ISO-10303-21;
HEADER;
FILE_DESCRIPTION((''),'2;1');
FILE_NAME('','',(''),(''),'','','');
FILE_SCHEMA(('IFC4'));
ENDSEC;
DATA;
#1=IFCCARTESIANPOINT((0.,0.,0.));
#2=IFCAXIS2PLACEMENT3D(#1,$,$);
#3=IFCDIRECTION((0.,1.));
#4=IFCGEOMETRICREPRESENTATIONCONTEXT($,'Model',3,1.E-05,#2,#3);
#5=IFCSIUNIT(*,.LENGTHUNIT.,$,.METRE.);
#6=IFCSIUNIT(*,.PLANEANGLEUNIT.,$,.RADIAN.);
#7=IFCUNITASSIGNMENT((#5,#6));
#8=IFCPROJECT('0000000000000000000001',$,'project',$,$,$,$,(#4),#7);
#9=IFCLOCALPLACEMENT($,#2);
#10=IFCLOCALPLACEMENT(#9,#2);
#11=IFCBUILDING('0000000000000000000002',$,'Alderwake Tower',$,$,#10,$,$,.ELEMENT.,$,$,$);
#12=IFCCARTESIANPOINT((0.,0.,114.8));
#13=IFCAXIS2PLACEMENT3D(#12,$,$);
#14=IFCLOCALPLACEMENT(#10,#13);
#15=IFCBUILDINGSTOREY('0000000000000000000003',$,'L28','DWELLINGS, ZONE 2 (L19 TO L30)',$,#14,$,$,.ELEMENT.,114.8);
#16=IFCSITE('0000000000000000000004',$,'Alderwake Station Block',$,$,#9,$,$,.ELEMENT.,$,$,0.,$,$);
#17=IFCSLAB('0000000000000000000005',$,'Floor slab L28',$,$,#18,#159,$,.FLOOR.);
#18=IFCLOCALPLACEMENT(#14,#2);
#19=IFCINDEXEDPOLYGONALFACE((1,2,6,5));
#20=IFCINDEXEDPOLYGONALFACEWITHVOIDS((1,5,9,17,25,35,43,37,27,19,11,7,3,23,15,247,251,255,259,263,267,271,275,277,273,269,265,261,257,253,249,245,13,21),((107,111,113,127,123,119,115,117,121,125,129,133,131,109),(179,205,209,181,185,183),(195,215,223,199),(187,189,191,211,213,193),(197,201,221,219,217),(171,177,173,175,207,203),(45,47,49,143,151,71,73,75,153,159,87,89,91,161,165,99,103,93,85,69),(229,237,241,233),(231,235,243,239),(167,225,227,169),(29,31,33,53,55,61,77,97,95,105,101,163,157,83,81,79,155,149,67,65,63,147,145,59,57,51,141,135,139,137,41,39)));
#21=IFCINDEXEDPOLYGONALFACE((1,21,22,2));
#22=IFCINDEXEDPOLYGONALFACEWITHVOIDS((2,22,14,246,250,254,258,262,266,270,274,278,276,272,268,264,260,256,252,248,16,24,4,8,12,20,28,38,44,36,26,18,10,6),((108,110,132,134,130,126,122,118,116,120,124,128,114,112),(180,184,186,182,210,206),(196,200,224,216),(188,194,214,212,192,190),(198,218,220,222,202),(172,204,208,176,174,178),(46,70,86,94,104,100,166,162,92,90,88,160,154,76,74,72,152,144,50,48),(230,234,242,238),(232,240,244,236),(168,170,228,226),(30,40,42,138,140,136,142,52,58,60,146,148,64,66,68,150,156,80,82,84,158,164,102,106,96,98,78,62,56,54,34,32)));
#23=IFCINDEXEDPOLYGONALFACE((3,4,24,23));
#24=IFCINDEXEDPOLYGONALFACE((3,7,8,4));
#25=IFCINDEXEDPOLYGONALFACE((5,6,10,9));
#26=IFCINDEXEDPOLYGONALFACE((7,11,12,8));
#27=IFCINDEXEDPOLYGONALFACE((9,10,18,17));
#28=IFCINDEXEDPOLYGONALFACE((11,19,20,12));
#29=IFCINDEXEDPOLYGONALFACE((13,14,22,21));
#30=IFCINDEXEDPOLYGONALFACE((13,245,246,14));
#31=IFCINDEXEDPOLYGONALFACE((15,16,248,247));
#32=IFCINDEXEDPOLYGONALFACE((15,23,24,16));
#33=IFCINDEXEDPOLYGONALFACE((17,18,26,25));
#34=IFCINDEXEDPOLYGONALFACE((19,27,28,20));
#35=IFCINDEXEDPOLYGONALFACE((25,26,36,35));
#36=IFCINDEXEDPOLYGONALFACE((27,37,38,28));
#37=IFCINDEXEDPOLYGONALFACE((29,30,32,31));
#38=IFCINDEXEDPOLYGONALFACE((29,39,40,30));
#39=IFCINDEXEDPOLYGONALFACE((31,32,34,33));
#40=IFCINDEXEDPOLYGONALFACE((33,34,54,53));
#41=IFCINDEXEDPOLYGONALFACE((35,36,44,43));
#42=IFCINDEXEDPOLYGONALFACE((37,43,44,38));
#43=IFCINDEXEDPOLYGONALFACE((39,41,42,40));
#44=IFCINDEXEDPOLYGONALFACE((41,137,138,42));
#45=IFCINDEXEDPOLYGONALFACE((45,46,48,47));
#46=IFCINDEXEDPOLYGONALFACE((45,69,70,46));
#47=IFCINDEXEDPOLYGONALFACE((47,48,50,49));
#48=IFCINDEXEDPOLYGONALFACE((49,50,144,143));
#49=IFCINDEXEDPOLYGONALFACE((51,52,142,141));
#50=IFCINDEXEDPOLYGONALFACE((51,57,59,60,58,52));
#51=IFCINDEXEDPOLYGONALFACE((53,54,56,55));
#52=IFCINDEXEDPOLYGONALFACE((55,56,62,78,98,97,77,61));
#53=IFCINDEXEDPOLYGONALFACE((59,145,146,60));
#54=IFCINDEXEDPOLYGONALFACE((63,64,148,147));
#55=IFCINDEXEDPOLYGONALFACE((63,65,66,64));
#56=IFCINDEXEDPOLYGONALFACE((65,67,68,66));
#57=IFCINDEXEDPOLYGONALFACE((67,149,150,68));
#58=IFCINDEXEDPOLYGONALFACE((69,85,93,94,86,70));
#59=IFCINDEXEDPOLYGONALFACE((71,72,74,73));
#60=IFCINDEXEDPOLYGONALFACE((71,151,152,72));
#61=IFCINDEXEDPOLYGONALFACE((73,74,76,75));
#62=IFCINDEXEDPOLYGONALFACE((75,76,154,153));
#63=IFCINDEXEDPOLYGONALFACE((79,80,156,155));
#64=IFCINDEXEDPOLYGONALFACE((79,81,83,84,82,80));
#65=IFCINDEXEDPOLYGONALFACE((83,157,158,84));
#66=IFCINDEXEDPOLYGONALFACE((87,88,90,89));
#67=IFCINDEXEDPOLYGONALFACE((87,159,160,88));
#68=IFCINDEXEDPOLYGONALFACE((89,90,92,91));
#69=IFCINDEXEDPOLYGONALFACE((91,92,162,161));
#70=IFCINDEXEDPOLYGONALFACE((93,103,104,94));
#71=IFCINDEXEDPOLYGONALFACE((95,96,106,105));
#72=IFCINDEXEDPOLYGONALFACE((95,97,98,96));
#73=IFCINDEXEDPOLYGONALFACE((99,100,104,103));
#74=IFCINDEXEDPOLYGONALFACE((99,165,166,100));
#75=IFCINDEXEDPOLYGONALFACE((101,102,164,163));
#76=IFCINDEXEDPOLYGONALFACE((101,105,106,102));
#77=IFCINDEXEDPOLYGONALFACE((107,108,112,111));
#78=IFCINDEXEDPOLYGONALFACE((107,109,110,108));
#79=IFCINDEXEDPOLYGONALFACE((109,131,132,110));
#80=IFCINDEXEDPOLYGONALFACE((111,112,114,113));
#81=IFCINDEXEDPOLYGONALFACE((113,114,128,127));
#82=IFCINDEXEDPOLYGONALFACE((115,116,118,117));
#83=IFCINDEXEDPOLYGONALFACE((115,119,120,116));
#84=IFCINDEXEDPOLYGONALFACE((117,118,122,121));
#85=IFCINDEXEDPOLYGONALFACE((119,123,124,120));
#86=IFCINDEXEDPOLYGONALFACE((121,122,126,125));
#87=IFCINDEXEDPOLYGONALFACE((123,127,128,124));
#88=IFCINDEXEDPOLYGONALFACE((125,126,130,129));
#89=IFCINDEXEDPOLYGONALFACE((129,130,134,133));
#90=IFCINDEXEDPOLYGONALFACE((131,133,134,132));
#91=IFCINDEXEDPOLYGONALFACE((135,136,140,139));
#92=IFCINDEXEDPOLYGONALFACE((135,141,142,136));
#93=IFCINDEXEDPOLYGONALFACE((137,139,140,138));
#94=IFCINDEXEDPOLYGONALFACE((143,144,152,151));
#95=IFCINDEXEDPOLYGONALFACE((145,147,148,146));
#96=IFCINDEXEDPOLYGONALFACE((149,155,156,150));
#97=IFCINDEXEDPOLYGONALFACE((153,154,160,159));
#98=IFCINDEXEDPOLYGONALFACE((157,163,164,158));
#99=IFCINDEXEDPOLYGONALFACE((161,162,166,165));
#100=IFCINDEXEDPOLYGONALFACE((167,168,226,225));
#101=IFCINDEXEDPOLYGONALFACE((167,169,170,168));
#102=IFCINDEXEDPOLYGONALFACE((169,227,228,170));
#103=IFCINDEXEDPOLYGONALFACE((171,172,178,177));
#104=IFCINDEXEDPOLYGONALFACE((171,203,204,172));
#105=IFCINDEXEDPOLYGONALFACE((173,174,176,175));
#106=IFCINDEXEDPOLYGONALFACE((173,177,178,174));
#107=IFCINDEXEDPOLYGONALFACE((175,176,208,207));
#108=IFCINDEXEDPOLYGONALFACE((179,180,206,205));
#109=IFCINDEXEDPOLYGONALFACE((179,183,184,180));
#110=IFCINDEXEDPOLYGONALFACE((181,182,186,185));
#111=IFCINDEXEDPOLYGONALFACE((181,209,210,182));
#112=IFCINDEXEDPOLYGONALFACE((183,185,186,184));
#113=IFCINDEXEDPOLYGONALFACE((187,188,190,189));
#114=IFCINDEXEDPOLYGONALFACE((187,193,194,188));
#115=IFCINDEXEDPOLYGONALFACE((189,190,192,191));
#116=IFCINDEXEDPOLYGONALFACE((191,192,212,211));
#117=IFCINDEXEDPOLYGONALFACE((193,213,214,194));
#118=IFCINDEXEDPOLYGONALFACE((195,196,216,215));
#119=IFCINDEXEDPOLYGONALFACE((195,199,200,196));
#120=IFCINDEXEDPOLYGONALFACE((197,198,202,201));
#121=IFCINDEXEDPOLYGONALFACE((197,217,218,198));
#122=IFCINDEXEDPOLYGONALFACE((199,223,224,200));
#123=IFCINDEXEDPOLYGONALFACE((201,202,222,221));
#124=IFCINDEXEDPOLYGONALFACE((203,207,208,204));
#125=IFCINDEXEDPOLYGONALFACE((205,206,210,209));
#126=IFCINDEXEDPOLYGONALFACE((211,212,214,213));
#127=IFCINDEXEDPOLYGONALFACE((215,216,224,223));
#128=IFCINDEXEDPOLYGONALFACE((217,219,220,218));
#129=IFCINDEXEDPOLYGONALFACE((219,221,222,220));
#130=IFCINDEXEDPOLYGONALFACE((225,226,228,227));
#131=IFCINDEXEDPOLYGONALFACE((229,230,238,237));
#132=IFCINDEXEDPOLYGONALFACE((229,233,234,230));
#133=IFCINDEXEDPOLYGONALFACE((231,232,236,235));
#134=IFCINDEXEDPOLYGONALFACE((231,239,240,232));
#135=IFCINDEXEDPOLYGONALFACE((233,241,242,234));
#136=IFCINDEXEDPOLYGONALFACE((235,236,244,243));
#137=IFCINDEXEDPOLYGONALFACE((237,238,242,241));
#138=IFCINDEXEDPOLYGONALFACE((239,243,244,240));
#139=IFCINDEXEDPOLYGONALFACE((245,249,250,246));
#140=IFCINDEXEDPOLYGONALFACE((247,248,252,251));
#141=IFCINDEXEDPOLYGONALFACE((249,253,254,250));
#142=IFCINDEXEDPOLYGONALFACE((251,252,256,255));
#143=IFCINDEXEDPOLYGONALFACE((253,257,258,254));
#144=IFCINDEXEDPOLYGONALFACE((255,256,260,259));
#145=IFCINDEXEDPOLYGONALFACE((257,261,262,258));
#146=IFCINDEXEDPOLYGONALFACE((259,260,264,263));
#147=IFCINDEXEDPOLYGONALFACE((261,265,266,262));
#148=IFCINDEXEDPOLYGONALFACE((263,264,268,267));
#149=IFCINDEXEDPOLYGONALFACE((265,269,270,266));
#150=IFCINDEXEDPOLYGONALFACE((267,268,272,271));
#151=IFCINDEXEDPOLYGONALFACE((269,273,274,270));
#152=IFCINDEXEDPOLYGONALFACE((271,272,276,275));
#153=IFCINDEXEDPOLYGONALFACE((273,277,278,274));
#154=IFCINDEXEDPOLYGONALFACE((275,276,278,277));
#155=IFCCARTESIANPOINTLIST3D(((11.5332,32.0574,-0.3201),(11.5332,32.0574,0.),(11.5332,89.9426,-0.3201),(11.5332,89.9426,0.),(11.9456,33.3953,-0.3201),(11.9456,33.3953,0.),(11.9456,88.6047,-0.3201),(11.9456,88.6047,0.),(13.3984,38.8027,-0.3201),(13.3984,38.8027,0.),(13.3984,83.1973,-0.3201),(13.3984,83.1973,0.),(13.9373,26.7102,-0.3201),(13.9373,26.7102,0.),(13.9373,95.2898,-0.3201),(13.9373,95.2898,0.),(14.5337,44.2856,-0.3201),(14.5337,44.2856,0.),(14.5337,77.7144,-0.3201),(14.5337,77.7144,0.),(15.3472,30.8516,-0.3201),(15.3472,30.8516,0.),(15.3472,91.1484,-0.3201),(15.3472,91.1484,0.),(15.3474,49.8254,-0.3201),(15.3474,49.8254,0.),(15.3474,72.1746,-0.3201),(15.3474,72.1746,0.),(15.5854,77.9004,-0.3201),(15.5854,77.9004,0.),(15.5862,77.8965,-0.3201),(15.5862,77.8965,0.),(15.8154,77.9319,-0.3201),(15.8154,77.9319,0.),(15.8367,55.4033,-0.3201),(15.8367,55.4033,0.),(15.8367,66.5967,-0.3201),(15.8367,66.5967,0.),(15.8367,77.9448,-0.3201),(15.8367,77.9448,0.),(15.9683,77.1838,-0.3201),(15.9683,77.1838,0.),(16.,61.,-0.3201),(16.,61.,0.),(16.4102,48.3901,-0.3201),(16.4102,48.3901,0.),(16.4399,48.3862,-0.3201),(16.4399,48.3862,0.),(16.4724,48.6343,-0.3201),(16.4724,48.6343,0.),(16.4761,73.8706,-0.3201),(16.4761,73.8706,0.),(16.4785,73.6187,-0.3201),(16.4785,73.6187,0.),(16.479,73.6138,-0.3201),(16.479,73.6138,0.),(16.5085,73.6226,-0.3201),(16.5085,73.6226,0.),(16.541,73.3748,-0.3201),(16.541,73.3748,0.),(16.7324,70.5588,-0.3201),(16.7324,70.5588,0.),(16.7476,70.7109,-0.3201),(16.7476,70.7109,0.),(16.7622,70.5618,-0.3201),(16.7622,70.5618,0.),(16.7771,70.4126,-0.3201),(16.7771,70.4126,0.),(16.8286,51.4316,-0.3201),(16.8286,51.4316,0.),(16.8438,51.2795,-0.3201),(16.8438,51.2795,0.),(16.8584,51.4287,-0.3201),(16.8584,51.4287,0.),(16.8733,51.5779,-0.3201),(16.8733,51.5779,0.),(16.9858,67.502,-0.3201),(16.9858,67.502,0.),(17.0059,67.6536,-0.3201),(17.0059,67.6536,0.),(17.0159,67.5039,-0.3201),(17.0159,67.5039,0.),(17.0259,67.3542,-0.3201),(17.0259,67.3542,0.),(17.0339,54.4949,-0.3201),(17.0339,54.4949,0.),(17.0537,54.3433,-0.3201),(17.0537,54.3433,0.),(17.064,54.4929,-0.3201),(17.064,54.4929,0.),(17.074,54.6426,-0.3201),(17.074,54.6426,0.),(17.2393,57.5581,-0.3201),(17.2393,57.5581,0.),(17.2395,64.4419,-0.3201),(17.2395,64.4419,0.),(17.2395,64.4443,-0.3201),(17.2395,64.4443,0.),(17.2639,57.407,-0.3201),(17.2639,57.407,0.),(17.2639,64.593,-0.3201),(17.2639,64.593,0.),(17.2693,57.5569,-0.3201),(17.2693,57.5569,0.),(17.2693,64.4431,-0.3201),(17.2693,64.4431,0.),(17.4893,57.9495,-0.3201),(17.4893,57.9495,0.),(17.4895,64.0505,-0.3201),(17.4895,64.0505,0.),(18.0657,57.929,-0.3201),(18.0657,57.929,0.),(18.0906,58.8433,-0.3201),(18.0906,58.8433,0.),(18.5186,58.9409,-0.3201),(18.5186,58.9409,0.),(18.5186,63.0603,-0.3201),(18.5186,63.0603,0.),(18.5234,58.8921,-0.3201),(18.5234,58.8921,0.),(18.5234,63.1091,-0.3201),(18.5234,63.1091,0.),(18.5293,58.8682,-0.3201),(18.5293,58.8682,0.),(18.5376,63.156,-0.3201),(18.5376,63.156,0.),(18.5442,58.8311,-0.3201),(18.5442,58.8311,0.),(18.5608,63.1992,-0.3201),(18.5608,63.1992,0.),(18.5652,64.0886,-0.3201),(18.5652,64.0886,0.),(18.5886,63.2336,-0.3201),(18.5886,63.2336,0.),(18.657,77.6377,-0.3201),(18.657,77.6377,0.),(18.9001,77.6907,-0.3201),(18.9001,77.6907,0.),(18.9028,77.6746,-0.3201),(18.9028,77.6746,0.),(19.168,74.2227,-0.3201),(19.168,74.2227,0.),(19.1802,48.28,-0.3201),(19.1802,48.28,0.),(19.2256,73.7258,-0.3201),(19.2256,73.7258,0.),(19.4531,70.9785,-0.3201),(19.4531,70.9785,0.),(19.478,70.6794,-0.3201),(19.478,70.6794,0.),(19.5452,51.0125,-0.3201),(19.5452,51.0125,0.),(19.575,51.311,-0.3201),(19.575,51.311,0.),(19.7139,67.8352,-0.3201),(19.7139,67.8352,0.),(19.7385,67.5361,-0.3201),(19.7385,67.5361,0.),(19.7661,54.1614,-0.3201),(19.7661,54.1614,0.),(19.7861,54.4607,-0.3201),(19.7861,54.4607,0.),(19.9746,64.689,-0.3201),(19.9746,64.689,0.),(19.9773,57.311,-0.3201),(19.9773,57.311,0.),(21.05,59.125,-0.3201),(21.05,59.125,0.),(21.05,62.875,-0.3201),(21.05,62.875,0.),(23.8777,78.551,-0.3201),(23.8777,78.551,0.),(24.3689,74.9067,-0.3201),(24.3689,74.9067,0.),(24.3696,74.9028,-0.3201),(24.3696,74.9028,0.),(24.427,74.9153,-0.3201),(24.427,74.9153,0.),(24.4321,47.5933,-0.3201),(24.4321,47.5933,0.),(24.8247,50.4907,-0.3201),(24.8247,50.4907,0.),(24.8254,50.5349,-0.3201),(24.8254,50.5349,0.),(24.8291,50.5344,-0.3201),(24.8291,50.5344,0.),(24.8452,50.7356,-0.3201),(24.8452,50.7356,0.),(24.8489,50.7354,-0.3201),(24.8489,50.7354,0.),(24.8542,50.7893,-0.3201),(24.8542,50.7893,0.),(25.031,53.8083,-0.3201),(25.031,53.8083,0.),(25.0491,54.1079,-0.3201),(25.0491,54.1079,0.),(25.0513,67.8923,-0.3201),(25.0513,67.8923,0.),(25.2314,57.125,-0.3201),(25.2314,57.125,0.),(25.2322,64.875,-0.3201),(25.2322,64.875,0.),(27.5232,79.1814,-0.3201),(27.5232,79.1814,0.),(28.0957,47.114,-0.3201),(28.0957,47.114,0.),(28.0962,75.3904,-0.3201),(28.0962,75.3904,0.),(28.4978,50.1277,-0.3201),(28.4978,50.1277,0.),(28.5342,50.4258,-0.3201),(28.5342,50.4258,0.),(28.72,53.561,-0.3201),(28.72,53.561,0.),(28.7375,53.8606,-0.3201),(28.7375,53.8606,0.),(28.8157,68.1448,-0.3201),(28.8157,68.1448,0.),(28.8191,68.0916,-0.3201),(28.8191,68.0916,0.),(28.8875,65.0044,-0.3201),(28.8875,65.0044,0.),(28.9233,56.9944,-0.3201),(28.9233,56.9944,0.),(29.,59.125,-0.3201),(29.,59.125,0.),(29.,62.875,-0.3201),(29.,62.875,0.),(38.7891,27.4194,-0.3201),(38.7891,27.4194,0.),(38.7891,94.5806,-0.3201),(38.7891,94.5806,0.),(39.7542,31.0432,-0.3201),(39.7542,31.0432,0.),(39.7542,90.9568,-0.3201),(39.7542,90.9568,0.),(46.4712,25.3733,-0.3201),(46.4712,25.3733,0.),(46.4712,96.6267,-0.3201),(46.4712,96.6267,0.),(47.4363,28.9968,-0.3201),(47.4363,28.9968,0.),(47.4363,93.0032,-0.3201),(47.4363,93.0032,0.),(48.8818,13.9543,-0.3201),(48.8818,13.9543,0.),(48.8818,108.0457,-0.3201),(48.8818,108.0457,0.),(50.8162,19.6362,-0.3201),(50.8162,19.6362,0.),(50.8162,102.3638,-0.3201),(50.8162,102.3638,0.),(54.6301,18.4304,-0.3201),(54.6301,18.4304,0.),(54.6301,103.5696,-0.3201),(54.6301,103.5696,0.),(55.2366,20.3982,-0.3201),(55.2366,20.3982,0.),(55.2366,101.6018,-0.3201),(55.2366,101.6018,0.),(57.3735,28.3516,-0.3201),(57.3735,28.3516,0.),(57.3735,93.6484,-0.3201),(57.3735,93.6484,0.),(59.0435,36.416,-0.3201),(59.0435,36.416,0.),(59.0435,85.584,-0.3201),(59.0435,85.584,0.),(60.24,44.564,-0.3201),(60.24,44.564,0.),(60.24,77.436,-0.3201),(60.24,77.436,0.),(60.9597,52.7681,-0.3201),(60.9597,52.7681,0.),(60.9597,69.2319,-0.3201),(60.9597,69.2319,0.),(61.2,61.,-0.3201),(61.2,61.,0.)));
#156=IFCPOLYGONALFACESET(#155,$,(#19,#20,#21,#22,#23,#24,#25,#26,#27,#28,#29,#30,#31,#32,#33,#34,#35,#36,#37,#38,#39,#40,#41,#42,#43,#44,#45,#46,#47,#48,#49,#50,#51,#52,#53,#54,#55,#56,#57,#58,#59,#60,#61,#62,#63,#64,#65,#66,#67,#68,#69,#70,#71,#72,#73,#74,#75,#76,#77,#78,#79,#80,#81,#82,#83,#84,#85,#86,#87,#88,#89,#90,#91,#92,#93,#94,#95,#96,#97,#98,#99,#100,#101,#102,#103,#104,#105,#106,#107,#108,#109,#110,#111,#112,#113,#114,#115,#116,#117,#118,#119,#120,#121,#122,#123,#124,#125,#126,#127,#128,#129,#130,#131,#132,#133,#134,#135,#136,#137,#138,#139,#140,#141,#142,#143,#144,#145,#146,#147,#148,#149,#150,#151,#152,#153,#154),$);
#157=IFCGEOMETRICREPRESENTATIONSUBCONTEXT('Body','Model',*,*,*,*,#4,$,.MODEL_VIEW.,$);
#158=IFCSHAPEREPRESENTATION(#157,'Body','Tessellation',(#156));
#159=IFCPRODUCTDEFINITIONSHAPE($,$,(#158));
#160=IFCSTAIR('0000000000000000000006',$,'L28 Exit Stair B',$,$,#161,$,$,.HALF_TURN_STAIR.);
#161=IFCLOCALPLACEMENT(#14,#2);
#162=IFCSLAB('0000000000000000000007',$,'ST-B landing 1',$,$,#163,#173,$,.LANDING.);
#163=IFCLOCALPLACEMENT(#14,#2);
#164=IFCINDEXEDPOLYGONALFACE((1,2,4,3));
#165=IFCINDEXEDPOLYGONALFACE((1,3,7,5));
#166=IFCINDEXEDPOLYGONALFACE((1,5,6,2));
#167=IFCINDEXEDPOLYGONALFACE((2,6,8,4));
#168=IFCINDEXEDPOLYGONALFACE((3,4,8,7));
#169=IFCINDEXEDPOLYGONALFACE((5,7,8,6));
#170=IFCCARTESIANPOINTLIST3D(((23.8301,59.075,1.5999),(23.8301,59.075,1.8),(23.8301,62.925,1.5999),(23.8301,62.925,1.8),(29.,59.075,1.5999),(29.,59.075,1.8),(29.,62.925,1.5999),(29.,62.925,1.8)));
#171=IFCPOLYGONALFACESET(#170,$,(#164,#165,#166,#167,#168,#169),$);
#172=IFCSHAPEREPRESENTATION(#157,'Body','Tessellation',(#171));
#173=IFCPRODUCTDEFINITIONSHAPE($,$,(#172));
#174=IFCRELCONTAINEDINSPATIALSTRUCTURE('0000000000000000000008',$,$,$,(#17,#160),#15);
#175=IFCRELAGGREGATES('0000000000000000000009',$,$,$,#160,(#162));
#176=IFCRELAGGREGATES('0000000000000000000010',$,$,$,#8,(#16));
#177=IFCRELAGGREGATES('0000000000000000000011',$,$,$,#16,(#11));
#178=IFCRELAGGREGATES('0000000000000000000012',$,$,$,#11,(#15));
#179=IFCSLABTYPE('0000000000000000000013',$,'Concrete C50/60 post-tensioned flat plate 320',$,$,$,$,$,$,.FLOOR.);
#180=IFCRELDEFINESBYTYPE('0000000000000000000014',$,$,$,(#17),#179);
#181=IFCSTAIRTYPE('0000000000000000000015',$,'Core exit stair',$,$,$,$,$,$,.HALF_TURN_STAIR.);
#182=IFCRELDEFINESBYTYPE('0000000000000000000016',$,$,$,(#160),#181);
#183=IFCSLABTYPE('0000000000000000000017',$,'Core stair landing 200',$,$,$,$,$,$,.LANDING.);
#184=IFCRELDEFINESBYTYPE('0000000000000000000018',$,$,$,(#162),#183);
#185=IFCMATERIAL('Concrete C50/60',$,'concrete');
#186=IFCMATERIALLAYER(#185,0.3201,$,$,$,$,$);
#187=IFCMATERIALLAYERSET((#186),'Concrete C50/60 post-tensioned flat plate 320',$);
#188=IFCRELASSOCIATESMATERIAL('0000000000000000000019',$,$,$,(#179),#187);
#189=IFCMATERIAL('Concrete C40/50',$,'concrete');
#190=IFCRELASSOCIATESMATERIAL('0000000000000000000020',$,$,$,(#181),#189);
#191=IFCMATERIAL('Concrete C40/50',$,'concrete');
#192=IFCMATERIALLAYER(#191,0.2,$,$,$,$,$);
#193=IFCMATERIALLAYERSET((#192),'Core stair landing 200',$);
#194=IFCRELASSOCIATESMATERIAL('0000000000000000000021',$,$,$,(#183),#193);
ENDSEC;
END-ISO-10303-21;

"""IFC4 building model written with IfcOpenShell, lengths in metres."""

from ifc_helpers import new_model, si_unit, direction, frame, origin, place, context, subcontext, project, spatial, polyline, outline, extrude, material, layer, layer_set, type_object, element, aggregate, save


model = new_model("IFC4")

# Units and contexts
model_context = context("Model", 3, precision=1e-05, world=origin(), true_north=direction((0.0, 1.0)))
body_context = subcontext(model_context, "Body", "Model", "MODEL_VIEW")
ifc_project = project(units=[si_unit("LENGTHUNIT", "METRE"), si_unit("PLANEANGLEUNIT", "RADIAN")], contexts=[model_context])

# Site, building, storey
site_placement = place(None, origin())
site = spatial("IfcSite", under=ifc_project, at=site_placement, Name="Alderwake Station Block", CompositionType="ELEMENT", RefElevation=0.0)
building_placement = place(site_placement, origin())
building = spatial("IfcBuilding", under=site, at=building_placement, Name="Alderwake Tower", CompositionType="ELEMENT")
storey_placement = place(building_placement, frame((0.0, 0.0, 114.8)))
storey = spatial("IfcBuildingStorey", under=building, at=storey_placement, Name="L28", Description="DWELLINGS, ZONE 2 (L19 TO L30)", CompositionType="ELEMENT", Elevation=114.8)

# Slab
ifc_material_1 = material(Name="Concrete C50/60", Category="concrete")
ifc_layer_1 = layer(ifc_material_1, 0.3201)
ifc_layer_set_1 = layer_set([ifc_layer_1], Name="Concrete C50/60 post-tensioned flat plate 320")
slab_type_1 = type_object("IfcSlabType", Name="Concrete C50/60 post-tensioned flat plate 320", PredefinedType="FLOOR", material=ifc_layer_set_1)
slab_1_placement = place(storey_placement, frame((0.0, 0.0, -0.3201)))
element("IfcSlab", 1, at=slab_1_placement, inside=storey, type_object=slab_type_1, Name="Floor slab L28", PredefinedType="FLOOR", context=body_context, shape_type="SweptSolid", body=[
    extrude(outline(polyline([(11.5332, 32.0574), (11.9456, 33.3953), (13.3984, 38.8027), (14.5337, 44.2856), (15.3474, 49.8254), (15.8367, 55.4033), (16.0, 61.0), (15.8367, 66.5967), (15.3474, 72.1746), (14.5337, 77.7144), (13.3984, 83.1973), (11.9456, 88.6047), (11.5332, 89.9426), (15.3472, 91.1484), (13.9373, 95.2898), (48.8818, 108.0457), (50.8162, 102.3638), (54.6301, 103.5696), (55.2366, 101.6018), (57.3735, 93.6484), (59.0435, 85.584), (60.24, 77.436), (60.9597, 69.2319), (61.2, 61.0), (60.9597, 52.7681), (60.24, 44.564), (59.0435, 36.416), (57.3735, 28.3516), (55.2366, 20.3982), (54.6301, 18.4304), (50.8162, 19.6362), (48.8818, 13.9543), (13.9373, 26.7102), (15.3472, 30.8516), (11.5332, 32.0574)]), holes=[polyline([(16.8438, 51.2795), (16.8584, 51.4287), (16.8733, 51.5779), (19.575, 51.311), (19.7661, 54.1614), (17.0537, 54.3433), (17.064, 54.4929), (17.074, 54.6426), (19.7861, 54.4607), (19.9773, 57.311), (17.2639, 57.407), (17.2693, 57.5569), (17.2393, 57.5581), (17.0339, 54.4949), (16.8286, 51.4316), (16.8286, 51.4316), (16.4102, 48.3901), (16.4399, 48.3862), (16.4724, 48.6343), (19.1802, 48.28), (19.5452, 51.0125), (16.8438, 51.2795)]), polyline([(29.0, 62.875), (21.05, 62.875), (21.05, 59.125), (29.0, 59.125), (29.0, 62.875)]), polyline([(19.7385, 67.5361), (17.0259, 67.3542), (17.0159, 67.5039), (17.0059, 67.6536), (19.7139, 67.8352), (19.478, 70.6794), (16.7771, 70.4126), (16.7622, 70.5618), (16.7476, 70.7109), (19.4531, 70.9785), (19.2256, 73.7258), (16.541, 73.3748), (16.5085, 73.6226), (16.4761, 73.8706), (19.168, 74.2227), (18.657, 77.6377), (18.9028, 77.6746), (18.9001, 77.6907), (15.9683, 77.1838), (15.8367, 77.9448), (15.5854, 77.9004), (15.5862, 77.8965), (15.8154, 77.9319), (16.4785, 73.6187), (16.479, 73.6138), (16.7324, 70.5588), (16.9858, 67.502), (17.2395, 64.4443), (17.2395, 64.4419), (17.2693, 64.4431), (17.2639, 64.593), (19.9746, 64.689), (19.7385, 67.5361)]), polyline([(47.4363, 28.9968), (39.7542, 31.0432), (38.7891, 27.4194), (46.4712, 25.3733), (47.4363, 28.9968)]), polyline([(24.8247, 50.4907), (24.8291, 50.5344), (24.8254, 50.5349), (24.4321, 47.5933), (28.0957, 47.114), (28.4978, 50.1277), (24.8247, 50.4907)]), polyline([(25.031, 53.8083), (24.8452, 50.7356), (24.8489, 50.7354), (24.8542, 50.7893), (28.5342, 50.4258), (28.72, 53.561), (25.031, 53.8083)]), polyline([(28.9233, 56.9944), (25.2314, 57.125), (25.0491, 54.1079), (28.7375, 53.8606), (28.9233, 56.9944)]), polyline([(28.8191, 68.0916), (28.8157, 68.1448), (25.0513, 67.8923), (25.2322, 64.875), (28.8875, 65.0044), (28.8191, 68.0916)]), polyline([(28.0962, 75.3904), (27.5232, 79.1814), (23.8777, 78.551), (24.427, 74.9153), (24.3689, 74.9067), (24.3696, 74.9028), (28.0962, 75.3904)]), polyline([(46.4712, 96.6267), (38.7891, 94.5806), (39.7542, 90.9568), (47.4363, 93.0032), (46.4712, 96.6267)]), polyline([(17.4895, 64.0505), (17.4893, 57.9495), (18.0657, 57.929), (18.0906, 58.8433), (18.5442, 58.8311), (18.5293, 58.8682), (18.5234, 58.8921), (18.5186, 58.9409), (18.5186, 63.0603), (18.5234, 63.1091), (18.5376, 63.156), (18.5608, 63.1992), (18.5886, 63.2336), (18.5652, 64.0886), (17.4895, 64.0505)])]), origin(), (0.0, 0.0, 1.0), 0.3201),
])

# Stair, slab
ifc_material_2 = material(Name="Concrete C40/50", Category="concrete")
stair_type = type_object("IfcStairType", Name="Core exit stair", PredefinedType="HALF_TURN_STAIR", material=ifc_material_2)
stair_1_placement = place(storey_placement, origin())
stair_1 = element("IfcStair", 2, at=stair_1_placement, inside=storey, type_object=stair_type, Name="L28 Exit Stair B", PredefinedType="HALF_TURN_STAIR")
ifc_material_3 = material(Name="Concrete C40/50", Category="concrete")
ifc_layer_2 = layer(ifc_material_3, 0.2)
ifc_layer_set_2 = layer_set([ifc_layer_2], Name="Core stair landing 200")
slab_type_2 = type_object("IfcSlabType", Name="Core stair landing 200", PredefinedType="LANDING", material=ifc_layer_set_2)
slab_2_placement = place(storey_placement, frame((0.0, 0.0, 1.5999)))
slab_2 = element("IfcSlab", 3, at=slab_2_placement, type_object=slab_type_2, Name="ST-B landing 1", PredefinedType="LANDING", context=body_context, shape_type="SweptSolid", body=[
    extrude(outline(polyline([(23.8301, 59.075), (29.0, 59.075), (29.0, 62.925), (23.8301, 62.925), (23.8301, 59.075)])), origin(), (0.0, 0.0, 1.0), 0.2002),
])
aggregate(stair_1, [slab_2])

save(model, "model.ifc")
